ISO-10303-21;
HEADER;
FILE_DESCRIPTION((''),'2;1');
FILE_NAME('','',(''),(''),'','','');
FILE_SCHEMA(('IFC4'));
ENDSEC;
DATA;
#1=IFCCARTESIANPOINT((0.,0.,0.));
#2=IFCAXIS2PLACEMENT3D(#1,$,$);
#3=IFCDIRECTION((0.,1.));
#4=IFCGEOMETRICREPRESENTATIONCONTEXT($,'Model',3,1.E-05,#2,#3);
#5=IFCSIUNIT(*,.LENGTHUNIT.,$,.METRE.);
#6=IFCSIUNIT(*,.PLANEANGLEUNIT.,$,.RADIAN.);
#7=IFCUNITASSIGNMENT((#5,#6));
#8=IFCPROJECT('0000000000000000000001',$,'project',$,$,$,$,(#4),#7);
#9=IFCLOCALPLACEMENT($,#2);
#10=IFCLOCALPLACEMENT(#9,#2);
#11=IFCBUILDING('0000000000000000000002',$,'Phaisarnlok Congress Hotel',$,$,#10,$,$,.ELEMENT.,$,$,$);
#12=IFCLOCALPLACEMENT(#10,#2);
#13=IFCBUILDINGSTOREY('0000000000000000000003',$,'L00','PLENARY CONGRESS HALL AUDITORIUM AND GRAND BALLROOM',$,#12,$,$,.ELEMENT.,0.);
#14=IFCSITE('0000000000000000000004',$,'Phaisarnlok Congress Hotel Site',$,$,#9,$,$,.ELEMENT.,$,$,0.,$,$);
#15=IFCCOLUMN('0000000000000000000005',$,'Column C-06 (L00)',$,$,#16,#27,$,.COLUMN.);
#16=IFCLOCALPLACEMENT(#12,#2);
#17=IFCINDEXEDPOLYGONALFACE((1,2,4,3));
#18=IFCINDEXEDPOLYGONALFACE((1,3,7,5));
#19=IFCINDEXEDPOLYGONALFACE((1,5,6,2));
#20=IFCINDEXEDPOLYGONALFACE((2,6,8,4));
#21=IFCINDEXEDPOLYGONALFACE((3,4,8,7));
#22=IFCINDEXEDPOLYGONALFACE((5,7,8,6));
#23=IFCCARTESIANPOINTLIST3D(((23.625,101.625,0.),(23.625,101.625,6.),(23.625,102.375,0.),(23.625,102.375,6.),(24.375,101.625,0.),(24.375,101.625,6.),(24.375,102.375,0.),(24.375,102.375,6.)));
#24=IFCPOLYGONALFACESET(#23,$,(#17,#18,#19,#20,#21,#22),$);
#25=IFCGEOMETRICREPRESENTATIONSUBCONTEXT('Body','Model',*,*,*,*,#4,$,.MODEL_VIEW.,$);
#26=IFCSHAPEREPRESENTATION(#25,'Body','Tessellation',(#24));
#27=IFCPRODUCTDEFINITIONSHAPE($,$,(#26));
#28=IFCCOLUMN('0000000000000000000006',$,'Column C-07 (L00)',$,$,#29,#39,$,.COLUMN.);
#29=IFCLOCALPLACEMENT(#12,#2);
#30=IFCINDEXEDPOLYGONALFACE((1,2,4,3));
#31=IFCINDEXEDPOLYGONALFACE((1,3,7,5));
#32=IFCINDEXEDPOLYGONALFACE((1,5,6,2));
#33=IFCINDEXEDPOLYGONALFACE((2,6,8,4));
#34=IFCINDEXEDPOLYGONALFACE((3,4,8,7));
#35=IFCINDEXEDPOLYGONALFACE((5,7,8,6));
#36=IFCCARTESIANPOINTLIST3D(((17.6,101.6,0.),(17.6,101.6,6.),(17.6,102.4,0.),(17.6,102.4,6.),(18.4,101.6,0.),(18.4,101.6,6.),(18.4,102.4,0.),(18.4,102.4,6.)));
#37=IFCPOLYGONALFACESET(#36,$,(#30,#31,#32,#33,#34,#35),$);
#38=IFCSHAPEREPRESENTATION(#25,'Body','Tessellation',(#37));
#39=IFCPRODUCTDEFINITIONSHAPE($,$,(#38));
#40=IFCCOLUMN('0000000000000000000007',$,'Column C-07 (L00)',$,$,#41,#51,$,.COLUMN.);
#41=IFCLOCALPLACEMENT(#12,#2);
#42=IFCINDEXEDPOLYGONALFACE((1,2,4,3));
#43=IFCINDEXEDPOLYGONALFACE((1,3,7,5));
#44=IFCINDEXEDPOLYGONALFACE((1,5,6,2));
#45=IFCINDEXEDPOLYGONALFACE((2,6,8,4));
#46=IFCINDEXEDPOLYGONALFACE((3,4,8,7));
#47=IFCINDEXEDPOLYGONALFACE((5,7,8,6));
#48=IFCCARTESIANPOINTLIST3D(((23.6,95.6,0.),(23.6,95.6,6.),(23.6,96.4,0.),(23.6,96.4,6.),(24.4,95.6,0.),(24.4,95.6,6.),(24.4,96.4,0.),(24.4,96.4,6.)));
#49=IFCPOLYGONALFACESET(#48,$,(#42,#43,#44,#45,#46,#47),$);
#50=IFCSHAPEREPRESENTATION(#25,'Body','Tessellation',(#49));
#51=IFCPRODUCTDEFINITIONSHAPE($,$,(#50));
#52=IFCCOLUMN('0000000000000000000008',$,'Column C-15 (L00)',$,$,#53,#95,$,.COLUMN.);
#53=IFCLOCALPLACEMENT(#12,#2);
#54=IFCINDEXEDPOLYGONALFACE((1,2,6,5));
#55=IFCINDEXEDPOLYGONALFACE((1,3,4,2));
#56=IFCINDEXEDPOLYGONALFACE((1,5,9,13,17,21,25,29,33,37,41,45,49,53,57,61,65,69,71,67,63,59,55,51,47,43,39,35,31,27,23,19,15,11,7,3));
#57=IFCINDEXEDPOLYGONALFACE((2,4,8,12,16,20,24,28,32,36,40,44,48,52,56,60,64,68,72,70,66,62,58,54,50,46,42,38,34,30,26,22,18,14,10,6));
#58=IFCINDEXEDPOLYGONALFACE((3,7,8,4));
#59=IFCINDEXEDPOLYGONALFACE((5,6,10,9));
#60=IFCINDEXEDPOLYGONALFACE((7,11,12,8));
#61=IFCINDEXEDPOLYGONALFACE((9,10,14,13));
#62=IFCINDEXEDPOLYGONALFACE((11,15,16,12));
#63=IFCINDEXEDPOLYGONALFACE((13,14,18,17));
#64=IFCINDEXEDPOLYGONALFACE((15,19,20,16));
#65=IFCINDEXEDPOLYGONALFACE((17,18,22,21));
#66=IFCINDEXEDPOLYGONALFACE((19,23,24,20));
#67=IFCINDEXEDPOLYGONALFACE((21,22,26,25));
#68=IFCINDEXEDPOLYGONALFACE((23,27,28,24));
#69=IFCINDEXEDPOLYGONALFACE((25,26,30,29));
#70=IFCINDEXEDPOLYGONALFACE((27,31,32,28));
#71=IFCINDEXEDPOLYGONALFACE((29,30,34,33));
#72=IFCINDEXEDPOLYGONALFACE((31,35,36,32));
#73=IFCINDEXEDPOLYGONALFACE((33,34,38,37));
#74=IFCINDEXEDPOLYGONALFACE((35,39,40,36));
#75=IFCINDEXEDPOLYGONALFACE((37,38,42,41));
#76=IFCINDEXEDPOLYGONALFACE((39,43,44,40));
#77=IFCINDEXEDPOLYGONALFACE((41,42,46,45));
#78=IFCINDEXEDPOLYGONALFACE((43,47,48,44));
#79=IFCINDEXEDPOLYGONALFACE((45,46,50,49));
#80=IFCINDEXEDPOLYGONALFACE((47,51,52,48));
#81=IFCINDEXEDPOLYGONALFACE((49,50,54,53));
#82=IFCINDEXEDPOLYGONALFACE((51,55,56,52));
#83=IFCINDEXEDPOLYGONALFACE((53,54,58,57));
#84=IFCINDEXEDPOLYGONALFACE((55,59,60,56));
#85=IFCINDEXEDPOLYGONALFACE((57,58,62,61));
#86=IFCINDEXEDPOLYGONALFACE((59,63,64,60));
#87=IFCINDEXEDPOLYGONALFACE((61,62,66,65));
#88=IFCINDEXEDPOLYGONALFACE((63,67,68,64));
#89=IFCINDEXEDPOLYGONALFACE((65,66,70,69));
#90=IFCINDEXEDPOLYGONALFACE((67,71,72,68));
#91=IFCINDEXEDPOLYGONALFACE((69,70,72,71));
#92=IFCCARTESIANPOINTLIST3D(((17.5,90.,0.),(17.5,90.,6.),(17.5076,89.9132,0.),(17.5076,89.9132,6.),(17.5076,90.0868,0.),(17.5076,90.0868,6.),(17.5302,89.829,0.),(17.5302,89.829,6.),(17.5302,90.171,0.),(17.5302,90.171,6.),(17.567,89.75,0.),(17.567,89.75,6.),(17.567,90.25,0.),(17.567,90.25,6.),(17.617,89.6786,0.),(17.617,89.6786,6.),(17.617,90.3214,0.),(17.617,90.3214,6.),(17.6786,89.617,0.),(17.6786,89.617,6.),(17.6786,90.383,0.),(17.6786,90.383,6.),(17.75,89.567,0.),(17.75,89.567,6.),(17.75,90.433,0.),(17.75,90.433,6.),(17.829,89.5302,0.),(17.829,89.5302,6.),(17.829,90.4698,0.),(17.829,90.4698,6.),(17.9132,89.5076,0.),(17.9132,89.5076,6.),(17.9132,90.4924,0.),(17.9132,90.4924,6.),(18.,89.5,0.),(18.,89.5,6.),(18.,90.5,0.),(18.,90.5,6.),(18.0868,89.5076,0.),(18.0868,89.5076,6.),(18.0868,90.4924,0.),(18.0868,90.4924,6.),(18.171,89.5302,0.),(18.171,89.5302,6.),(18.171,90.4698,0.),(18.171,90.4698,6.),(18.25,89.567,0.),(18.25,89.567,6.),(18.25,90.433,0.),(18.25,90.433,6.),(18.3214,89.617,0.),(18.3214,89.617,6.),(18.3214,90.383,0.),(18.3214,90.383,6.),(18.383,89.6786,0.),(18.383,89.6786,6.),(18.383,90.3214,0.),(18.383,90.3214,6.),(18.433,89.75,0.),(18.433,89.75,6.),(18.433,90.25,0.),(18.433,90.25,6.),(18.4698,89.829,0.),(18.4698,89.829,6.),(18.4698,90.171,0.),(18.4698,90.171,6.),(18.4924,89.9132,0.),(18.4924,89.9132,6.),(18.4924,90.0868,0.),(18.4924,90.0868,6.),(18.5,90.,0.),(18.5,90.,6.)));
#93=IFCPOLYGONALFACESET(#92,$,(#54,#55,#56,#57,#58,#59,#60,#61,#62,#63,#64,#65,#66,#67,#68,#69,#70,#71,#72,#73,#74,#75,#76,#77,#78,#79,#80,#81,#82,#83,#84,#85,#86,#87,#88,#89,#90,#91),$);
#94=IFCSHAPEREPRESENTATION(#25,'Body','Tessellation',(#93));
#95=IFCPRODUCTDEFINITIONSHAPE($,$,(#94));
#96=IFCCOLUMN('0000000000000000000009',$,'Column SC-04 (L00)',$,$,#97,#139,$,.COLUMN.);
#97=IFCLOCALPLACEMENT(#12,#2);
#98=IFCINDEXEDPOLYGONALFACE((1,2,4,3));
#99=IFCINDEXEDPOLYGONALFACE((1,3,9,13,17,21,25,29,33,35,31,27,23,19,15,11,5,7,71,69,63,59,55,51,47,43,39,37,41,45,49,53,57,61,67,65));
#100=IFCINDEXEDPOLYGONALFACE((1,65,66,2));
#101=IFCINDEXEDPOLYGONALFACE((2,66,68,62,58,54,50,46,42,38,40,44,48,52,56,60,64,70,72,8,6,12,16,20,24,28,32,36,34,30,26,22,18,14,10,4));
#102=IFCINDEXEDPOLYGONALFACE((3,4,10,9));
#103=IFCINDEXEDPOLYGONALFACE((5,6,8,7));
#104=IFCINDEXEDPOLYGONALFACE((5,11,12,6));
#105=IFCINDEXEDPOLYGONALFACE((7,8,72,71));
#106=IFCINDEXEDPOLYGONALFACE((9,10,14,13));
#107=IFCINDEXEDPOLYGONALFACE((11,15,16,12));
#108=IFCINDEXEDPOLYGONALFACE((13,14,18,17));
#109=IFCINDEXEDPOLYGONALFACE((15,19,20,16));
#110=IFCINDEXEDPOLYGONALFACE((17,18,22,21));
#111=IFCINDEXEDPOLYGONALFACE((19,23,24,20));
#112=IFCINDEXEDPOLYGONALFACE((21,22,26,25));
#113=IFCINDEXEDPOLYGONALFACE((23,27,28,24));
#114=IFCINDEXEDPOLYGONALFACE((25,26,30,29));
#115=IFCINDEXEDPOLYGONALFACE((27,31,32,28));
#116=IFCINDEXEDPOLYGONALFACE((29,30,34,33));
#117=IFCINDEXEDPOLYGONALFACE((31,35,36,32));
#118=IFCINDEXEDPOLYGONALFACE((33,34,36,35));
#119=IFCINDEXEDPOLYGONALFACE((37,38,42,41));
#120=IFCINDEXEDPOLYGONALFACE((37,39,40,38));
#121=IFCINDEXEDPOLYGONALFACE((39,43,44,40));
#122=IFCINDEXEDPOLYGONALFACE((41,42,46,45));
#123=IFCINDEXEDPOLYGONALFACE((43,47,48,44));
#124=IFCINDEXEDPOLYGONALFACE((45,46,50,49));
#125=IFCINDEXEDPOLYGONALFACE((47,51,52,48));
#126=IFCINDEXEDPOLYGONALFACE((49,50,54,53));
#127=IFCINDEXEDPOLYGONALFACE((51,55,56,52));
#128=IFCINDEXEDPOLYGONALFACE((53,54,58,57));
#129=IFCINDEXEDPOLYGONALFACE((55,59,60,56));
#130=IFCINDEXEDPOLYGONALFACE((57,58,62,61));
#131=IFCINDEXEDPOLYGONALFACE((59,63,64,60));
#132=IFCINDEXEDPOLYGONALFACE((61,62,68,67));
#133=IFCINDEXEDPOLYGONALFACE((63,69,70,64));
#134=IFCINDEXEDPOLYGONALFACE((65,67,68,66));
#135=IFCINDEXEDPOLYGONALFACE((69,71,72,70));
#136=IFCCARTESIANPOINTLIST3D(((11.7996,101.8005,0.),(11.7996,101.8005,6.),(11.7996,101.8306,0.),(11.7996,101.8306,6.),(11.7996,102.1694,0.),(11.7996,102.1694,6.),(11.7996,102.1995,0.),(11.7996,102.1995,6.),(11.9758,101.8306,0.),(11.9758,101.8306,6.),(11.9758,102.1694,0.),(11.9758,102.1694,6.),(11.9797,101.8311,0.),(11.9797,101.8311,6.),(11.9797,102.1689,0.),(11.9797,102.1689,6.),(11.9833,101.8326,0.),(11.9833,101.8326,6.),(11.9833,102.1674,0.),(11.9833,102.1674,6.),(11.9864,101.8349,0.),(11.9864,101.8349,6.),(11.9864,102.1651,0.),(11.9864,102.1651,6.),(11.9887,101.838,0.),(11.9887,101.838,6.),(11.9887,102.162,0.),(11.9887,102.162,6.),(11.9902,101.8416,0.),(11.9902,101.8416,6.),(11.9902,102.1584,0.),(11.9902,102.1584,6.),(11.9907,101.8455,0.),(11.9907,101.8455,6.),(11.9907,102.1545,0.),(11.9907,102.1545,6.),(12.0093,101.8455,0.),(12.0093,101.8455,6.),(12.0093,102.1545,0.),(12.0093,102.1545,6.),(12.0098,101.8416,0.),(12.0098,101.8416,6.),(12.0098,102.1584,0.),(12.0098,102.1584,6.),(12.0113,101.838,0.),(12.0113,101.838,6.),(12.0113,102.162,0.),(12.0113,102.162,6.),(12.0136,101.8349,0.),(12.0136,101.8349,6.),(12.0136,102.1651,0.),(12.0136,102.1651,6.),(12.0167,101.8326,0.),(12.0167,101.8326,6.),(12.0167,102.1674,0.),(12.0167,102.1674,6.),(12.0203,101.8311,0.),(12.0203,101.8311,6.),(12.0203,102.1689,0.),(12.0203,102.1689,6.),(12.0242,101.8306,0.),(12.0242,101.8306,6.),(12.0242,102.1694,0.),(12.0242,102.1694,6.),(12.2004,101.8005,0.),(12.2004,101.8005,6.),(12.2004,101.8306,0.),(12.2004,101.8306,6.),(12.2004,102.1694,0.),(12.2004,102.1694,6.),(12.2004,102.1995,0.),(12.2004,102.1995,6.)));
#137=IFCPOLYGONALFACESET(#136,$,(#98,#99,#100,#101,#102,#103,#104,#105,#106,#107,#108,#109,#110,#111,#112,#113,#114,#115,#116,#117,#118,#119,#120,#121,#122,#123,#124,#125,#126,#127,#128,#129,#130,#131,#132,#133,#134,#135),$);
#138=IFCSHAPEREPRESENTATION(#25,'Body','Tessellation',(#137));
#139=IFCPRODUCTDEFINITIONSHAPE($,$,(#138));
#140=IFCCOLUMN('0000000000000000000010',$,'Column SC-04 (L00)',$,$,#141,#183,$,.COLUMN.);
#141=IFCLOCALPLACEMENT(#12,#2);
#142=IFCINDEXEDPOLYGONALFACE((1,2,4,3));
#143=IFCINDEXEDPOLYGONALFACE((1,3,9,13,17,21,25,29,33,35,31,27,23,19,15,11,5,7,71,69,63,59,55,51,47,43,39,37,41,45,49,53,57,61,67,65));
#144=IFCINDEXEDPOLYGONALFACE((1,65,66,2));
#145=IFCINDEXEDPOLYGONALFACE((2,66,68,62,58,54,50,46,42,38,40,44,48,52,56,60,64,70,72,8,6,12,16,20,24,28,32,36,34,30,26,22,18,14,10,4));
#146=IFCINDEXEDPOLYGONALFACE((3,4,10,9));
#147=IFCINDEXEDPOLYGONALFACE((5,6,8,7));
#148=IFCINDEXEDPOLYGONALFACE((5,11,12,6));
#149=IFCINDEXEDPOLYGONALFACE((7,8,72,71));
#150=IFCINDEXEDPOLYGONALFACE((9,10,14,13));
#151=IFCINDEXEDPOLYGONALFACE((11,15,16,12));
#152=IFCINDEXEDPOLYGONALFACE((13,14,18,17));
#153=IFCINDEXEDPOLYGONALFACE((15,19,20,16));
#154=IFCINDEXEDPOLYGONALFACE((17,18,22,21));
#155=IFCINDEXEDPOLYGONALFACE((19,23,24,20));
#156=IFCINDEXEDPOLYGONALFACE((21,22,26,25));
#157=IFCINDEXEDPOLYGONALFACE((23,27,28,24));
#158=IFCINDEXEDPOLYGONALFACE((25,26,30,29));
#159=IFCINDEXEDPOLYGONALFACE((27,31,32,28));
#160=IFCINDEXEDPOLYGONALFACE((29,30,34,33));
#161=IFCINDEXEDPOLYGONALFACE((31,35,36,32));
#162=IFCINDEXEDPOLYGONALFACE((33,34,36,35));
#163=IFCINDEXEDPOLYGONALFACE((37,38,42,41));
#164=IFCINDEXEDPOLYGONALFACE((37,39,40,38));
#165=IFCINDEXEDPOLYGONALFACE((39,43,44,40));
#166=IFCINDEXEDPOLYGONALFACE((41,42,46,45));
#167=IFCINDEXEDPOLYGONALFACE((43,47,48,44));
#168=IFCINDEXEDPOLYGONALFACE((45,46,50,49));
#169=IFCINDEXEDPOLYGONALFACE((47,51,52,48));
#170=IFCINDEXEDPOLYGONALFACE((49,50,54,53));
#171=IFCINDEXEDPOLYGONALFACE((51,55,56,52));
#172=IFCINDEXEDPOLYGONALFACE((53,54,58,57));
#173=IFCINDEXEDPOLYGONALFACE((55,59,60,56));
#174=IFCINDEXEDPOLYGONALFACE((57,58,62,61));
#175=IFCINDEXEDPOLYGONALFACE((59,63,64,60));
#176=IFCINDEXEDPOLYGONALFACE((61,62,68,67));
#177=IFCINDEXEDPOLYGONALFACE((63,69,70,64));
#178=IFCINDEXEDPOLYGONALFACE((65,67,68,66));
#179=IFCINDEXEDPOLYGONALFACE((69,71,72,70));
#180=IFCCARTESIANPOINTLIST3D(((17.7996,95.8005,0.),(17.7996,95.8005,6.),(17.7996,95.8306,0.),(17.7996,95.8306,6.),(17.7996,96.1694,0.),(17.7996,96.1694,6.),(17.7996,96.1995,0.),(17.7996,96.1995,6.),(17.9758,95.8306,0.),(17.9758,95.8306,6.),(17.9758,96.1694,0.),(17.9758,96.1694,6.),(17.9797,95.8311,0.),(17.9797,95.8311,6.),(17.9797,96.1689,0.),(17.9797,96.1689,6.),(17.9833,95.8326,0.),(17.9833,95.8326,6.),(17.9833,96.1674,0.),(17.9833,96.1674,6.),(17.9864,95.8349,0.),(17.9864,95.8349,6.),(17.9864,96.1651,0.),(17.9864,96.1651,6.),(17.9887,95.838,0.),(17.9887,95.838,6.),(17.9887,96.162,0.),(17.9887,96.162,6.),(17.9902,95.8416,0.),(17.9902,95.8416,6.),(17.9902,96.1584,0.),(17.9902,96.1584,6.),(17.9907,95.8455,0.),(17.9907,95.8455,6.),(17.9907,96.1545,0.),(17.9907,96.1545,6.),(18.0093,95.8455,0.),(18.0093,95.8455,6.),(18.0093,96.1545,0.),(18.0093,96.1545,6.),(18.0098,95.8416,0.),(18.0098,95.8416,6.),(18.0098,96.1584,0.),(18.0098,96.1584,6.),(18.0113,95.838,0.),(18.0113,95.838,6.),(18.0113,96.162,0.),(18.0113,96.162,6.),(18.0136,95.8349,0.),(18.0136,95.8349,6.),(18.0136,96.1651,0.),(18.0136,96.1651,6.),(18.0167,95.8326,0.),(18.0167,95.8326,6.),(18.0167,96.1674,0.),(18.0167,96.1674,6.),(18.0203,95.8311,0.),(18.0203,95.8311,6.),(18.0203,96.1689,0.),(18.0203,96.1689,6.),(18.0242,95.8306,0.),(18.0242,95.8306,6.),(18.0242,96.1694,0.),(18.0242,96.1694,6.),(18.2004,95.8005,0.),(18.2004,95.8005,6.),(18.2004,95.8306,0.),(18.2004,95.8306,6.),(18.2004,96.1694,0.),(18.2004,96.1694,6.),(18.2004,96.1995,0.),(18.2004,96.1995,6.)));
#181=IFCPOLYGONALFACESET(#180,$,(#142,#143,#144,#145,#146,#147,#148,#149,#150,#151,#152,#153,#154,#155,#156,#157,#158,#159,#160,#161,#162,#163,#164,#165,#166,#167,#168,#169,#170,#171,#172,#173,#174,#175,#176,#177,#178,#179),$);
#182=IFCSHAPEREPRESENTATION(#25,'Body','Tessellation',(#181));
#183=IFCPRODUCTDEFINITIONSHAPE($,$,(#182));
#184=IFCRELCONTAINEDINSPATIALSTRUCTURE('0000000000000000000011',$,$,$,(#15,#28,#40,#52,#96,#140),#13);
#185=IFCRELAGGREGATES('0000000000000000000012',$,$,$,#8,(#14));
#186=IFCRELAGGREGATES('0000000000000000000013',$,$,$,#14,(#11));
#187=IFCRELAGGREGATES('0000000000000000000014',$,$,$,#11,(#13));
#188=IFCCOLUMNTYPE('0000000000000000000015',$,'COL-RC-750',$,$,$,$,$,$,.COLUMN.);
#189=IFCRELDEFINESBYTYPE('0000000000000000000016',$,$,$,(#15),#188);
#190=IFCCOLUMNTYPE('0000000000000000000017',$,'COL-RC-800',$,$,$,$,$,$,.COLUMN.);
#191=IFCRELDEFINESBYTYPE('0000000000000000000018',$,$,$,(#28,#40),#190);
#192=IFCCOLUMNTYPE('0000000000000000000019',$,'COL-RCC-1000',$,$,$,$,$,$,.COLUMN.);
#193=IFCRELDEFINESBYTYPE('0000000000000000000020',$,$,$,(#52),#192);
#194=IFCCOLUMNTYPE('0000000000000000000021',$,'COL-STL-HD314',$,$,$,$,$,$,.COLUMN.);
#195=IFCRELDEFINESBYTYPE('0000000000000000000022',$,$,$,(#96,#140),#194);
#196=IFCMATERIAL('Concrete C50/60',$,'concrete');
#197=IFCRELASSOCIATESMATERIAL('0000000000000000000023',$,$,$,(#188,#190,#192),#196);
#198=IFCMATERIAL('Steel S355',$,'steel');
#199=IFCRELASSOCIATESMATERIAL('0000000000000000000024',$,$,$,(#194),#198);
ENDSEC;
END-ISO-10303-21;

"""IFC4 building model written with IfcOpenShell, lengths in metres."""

from ifc_helpers import new_model, si_unit, direction, frame, origin, origin_2d, place, context, subcontext, project, spatial, rectangle, circle, i_section, extrude, material, material_profile, profile_set, type_object, element, save


model = new_model("IFC4")

# Units and contexts
model_context = context("Model", 3, precision=1e-05, world=origin(), true_north=direction((0.0, 1.0)))
body_context = subcontext(model_context, "Body", "Model", "MODEL_VIEW")
ifc_project = project(units=[si_unit("LENGTHUNIT", "METRE"), si_unit("PLANEANGLEUNIT", "RADIAN")], contexts=[model_context])

# Site, building, storey
site_placement = place(None, origin())
site = spatial("IfcSite", under=ifc_project, at=site_placement, Name="Phaisarnlok Congress Hotel Site", CompositionType="ELEMENT", RefElevation=0.0)
building_placement = place(site_placement, origin())
building = spatial("IfcBuilding", under=site, at=building_placement, Name="Phaisarnlok Congress Hotel", CompositionType="ELEMENT")
storey_placement = place(building_placement, origin())
storey = spatial("IfcBuildingStorey", under=building, at=storey_placement, Name="L00", Description="PLENARY CONGRESS HALL AUDITORIUM AND GRAND BALLROOM", CompositionType="ELEMENT", Elevation=0.0)

# Columns
ifc_material_1 = material(Name="Concrete C50/60", Category="concrete")
ifc_material_profile_1 = material_profile(ifc_material_1, rectangle(XDim=0.75, YDim=0.75, at=origin_2d()), Name="RC 750x750")
ifc_profile_set_1 = profile_set([ifc_material_profile_1], Name="Concrete C50/60")
column_type_1 = type_object("IfcColumnType", Name="COL-RC-750", PredefinedType="COLUMN", material=ifc_profile_set_1)
column_1_placement = place(storey_placement, frame((24.0, 102.0, 0.0), z_axis=(0.0, 0.0, 1.0), x_axis=(1.0, 0.0, 0.0)))
element("IfcColumn", 1, at=column_1_placement, inside=storey, type_object=column_type_1, Name="Column C-06 (L00)", PredefinedType="COLUMN", context=body_context, shape_type="SweptSolid", body=[
    extrude(rectangle(XDim=0.75, YDim=0.75, at=origin_2d()), origin(), (0.0, 0.0, 1.0), 6.0),
])
ifc_material_profile_2 = material_profile(ifc_material_1, rectangle(XDim=0.8, YDim=0.8, at=origin_2d()), Name="RC 800x800")
ifc_profile_set_2 = profile_set([ifc_material_profile_2], Name="Concrete C50/60")
column_type_2 = type_object("IfcColumnType", Name="COL-RC-800", PredefinedType="COLUMN", material=ifc_profile_set_2)
for number, where, z_axis, x_axis, name in (
    (2, (18.0, 102.0, 0.0), (0.0, 0.0, 1.0), (1.0, 0.0, 0.0), "Column C-07 (L00)"),
    (3, (24.0, 96.0, 0.0), (0.0, 0.0, 1.0), (1.0, 0.0, 0.0), "Column C-07 (L00)"),
):
    element("IfcColumn", number, at=place(storey_placement, frame(where, z_axis=z_axis, x_axis=x_axis)), inside=storey, type_object=column_type_2, Name=name, PredefinedType="COLUMN", context=body_context, shape_type="SweptSolid", body=[
        extrude(rectangle(XDim=0.8, YDim=0.8, at=origin_2d()), origin(), (0.0, 0.0, 1.0), 6.0),
    ])
ifc_material_profile_3 = material_profile(ifc_material_1, circle(Radius=0.5, at=origin_2d()), Name="RCC D1000")
ifc_profile_set_3 = profile_set([ifc_material_profile_3], Name="Concrete C50/60")
column_type_3 = type_object("IfcColumnType", Name="COL-RCC-1000", PredefinedType="COLUMN", material=ifc_profile_set_3)
column_2_placement = place(storey_placement, frame((18.0, 90.0, 0.0), z_axis=(0.0, 0.0, 1.0), x_axis=(1.0, 0.0, 0.0)))
element("IfcColumn", 4, at=column_2_placement, inside=storey, type_object=column_type_3, Name="Column C-15 (L00)", PredefinedType="COLUMN", context=body_context, shape_type="SweptSolid", body=[
    extrude(circle(Radius=0.5, at=origin_2d()), origin(), (0.0, 0.0, 1.0), 6.0),
])
ifc_material_2 = material(Name="Steel S355", Category="steel")
ifc_material_profile_4 = material_profile(ifc_material_2, i_section(OverallWidth=0.4009, OverallDepth=0.3989, WebThickness=0.0186, FlangeThickness=0.03, FilletRadius=0.0149, at=origin_2d()), Name="HD 400x314")
ifc_profile_set_4 = profile_set([ifc_material_profile_4], Name="Steel S355")
column_type_4 = type_object("IfcColumnType", Name="COL-STL-HD314", PredefinedType="COLUMN", material=ifc_profile_set_4)
for number, where, z_axis, x_axis, name in (
    (5, (12.0, 102.0, 0.0), (0.0, 0.0, 1.0), (1.0, 0.0, 0.0), "Column SC-04 (L00)"),
    (6, (18.0, 96.0, 0.0), (0.0, 0.0, 1.0), (1.0, 0.0, 0.0), "Column SC-04 (L00)"),
):
    element("IfcColumn", number, at=place(storey_placement, frame(where, z_axis=z_axis, x_axis=x_axis)), inside=storey, type_object=column_type_4, Name=name, PredefinedType="COLUMN", context=body_context, shape_type="SweptSolid", body=[
        extrude(i_section(OverallWidth=0.4009, OverallDepth=0.3989, WebThickness=0.0186, FlangeThickness=0.03, FilletRadius=0.0149, at=origin_2d()), origin(), (0.0, 0.0, 1.0), 6.0),
    ])

save(model, "model.ifc")
